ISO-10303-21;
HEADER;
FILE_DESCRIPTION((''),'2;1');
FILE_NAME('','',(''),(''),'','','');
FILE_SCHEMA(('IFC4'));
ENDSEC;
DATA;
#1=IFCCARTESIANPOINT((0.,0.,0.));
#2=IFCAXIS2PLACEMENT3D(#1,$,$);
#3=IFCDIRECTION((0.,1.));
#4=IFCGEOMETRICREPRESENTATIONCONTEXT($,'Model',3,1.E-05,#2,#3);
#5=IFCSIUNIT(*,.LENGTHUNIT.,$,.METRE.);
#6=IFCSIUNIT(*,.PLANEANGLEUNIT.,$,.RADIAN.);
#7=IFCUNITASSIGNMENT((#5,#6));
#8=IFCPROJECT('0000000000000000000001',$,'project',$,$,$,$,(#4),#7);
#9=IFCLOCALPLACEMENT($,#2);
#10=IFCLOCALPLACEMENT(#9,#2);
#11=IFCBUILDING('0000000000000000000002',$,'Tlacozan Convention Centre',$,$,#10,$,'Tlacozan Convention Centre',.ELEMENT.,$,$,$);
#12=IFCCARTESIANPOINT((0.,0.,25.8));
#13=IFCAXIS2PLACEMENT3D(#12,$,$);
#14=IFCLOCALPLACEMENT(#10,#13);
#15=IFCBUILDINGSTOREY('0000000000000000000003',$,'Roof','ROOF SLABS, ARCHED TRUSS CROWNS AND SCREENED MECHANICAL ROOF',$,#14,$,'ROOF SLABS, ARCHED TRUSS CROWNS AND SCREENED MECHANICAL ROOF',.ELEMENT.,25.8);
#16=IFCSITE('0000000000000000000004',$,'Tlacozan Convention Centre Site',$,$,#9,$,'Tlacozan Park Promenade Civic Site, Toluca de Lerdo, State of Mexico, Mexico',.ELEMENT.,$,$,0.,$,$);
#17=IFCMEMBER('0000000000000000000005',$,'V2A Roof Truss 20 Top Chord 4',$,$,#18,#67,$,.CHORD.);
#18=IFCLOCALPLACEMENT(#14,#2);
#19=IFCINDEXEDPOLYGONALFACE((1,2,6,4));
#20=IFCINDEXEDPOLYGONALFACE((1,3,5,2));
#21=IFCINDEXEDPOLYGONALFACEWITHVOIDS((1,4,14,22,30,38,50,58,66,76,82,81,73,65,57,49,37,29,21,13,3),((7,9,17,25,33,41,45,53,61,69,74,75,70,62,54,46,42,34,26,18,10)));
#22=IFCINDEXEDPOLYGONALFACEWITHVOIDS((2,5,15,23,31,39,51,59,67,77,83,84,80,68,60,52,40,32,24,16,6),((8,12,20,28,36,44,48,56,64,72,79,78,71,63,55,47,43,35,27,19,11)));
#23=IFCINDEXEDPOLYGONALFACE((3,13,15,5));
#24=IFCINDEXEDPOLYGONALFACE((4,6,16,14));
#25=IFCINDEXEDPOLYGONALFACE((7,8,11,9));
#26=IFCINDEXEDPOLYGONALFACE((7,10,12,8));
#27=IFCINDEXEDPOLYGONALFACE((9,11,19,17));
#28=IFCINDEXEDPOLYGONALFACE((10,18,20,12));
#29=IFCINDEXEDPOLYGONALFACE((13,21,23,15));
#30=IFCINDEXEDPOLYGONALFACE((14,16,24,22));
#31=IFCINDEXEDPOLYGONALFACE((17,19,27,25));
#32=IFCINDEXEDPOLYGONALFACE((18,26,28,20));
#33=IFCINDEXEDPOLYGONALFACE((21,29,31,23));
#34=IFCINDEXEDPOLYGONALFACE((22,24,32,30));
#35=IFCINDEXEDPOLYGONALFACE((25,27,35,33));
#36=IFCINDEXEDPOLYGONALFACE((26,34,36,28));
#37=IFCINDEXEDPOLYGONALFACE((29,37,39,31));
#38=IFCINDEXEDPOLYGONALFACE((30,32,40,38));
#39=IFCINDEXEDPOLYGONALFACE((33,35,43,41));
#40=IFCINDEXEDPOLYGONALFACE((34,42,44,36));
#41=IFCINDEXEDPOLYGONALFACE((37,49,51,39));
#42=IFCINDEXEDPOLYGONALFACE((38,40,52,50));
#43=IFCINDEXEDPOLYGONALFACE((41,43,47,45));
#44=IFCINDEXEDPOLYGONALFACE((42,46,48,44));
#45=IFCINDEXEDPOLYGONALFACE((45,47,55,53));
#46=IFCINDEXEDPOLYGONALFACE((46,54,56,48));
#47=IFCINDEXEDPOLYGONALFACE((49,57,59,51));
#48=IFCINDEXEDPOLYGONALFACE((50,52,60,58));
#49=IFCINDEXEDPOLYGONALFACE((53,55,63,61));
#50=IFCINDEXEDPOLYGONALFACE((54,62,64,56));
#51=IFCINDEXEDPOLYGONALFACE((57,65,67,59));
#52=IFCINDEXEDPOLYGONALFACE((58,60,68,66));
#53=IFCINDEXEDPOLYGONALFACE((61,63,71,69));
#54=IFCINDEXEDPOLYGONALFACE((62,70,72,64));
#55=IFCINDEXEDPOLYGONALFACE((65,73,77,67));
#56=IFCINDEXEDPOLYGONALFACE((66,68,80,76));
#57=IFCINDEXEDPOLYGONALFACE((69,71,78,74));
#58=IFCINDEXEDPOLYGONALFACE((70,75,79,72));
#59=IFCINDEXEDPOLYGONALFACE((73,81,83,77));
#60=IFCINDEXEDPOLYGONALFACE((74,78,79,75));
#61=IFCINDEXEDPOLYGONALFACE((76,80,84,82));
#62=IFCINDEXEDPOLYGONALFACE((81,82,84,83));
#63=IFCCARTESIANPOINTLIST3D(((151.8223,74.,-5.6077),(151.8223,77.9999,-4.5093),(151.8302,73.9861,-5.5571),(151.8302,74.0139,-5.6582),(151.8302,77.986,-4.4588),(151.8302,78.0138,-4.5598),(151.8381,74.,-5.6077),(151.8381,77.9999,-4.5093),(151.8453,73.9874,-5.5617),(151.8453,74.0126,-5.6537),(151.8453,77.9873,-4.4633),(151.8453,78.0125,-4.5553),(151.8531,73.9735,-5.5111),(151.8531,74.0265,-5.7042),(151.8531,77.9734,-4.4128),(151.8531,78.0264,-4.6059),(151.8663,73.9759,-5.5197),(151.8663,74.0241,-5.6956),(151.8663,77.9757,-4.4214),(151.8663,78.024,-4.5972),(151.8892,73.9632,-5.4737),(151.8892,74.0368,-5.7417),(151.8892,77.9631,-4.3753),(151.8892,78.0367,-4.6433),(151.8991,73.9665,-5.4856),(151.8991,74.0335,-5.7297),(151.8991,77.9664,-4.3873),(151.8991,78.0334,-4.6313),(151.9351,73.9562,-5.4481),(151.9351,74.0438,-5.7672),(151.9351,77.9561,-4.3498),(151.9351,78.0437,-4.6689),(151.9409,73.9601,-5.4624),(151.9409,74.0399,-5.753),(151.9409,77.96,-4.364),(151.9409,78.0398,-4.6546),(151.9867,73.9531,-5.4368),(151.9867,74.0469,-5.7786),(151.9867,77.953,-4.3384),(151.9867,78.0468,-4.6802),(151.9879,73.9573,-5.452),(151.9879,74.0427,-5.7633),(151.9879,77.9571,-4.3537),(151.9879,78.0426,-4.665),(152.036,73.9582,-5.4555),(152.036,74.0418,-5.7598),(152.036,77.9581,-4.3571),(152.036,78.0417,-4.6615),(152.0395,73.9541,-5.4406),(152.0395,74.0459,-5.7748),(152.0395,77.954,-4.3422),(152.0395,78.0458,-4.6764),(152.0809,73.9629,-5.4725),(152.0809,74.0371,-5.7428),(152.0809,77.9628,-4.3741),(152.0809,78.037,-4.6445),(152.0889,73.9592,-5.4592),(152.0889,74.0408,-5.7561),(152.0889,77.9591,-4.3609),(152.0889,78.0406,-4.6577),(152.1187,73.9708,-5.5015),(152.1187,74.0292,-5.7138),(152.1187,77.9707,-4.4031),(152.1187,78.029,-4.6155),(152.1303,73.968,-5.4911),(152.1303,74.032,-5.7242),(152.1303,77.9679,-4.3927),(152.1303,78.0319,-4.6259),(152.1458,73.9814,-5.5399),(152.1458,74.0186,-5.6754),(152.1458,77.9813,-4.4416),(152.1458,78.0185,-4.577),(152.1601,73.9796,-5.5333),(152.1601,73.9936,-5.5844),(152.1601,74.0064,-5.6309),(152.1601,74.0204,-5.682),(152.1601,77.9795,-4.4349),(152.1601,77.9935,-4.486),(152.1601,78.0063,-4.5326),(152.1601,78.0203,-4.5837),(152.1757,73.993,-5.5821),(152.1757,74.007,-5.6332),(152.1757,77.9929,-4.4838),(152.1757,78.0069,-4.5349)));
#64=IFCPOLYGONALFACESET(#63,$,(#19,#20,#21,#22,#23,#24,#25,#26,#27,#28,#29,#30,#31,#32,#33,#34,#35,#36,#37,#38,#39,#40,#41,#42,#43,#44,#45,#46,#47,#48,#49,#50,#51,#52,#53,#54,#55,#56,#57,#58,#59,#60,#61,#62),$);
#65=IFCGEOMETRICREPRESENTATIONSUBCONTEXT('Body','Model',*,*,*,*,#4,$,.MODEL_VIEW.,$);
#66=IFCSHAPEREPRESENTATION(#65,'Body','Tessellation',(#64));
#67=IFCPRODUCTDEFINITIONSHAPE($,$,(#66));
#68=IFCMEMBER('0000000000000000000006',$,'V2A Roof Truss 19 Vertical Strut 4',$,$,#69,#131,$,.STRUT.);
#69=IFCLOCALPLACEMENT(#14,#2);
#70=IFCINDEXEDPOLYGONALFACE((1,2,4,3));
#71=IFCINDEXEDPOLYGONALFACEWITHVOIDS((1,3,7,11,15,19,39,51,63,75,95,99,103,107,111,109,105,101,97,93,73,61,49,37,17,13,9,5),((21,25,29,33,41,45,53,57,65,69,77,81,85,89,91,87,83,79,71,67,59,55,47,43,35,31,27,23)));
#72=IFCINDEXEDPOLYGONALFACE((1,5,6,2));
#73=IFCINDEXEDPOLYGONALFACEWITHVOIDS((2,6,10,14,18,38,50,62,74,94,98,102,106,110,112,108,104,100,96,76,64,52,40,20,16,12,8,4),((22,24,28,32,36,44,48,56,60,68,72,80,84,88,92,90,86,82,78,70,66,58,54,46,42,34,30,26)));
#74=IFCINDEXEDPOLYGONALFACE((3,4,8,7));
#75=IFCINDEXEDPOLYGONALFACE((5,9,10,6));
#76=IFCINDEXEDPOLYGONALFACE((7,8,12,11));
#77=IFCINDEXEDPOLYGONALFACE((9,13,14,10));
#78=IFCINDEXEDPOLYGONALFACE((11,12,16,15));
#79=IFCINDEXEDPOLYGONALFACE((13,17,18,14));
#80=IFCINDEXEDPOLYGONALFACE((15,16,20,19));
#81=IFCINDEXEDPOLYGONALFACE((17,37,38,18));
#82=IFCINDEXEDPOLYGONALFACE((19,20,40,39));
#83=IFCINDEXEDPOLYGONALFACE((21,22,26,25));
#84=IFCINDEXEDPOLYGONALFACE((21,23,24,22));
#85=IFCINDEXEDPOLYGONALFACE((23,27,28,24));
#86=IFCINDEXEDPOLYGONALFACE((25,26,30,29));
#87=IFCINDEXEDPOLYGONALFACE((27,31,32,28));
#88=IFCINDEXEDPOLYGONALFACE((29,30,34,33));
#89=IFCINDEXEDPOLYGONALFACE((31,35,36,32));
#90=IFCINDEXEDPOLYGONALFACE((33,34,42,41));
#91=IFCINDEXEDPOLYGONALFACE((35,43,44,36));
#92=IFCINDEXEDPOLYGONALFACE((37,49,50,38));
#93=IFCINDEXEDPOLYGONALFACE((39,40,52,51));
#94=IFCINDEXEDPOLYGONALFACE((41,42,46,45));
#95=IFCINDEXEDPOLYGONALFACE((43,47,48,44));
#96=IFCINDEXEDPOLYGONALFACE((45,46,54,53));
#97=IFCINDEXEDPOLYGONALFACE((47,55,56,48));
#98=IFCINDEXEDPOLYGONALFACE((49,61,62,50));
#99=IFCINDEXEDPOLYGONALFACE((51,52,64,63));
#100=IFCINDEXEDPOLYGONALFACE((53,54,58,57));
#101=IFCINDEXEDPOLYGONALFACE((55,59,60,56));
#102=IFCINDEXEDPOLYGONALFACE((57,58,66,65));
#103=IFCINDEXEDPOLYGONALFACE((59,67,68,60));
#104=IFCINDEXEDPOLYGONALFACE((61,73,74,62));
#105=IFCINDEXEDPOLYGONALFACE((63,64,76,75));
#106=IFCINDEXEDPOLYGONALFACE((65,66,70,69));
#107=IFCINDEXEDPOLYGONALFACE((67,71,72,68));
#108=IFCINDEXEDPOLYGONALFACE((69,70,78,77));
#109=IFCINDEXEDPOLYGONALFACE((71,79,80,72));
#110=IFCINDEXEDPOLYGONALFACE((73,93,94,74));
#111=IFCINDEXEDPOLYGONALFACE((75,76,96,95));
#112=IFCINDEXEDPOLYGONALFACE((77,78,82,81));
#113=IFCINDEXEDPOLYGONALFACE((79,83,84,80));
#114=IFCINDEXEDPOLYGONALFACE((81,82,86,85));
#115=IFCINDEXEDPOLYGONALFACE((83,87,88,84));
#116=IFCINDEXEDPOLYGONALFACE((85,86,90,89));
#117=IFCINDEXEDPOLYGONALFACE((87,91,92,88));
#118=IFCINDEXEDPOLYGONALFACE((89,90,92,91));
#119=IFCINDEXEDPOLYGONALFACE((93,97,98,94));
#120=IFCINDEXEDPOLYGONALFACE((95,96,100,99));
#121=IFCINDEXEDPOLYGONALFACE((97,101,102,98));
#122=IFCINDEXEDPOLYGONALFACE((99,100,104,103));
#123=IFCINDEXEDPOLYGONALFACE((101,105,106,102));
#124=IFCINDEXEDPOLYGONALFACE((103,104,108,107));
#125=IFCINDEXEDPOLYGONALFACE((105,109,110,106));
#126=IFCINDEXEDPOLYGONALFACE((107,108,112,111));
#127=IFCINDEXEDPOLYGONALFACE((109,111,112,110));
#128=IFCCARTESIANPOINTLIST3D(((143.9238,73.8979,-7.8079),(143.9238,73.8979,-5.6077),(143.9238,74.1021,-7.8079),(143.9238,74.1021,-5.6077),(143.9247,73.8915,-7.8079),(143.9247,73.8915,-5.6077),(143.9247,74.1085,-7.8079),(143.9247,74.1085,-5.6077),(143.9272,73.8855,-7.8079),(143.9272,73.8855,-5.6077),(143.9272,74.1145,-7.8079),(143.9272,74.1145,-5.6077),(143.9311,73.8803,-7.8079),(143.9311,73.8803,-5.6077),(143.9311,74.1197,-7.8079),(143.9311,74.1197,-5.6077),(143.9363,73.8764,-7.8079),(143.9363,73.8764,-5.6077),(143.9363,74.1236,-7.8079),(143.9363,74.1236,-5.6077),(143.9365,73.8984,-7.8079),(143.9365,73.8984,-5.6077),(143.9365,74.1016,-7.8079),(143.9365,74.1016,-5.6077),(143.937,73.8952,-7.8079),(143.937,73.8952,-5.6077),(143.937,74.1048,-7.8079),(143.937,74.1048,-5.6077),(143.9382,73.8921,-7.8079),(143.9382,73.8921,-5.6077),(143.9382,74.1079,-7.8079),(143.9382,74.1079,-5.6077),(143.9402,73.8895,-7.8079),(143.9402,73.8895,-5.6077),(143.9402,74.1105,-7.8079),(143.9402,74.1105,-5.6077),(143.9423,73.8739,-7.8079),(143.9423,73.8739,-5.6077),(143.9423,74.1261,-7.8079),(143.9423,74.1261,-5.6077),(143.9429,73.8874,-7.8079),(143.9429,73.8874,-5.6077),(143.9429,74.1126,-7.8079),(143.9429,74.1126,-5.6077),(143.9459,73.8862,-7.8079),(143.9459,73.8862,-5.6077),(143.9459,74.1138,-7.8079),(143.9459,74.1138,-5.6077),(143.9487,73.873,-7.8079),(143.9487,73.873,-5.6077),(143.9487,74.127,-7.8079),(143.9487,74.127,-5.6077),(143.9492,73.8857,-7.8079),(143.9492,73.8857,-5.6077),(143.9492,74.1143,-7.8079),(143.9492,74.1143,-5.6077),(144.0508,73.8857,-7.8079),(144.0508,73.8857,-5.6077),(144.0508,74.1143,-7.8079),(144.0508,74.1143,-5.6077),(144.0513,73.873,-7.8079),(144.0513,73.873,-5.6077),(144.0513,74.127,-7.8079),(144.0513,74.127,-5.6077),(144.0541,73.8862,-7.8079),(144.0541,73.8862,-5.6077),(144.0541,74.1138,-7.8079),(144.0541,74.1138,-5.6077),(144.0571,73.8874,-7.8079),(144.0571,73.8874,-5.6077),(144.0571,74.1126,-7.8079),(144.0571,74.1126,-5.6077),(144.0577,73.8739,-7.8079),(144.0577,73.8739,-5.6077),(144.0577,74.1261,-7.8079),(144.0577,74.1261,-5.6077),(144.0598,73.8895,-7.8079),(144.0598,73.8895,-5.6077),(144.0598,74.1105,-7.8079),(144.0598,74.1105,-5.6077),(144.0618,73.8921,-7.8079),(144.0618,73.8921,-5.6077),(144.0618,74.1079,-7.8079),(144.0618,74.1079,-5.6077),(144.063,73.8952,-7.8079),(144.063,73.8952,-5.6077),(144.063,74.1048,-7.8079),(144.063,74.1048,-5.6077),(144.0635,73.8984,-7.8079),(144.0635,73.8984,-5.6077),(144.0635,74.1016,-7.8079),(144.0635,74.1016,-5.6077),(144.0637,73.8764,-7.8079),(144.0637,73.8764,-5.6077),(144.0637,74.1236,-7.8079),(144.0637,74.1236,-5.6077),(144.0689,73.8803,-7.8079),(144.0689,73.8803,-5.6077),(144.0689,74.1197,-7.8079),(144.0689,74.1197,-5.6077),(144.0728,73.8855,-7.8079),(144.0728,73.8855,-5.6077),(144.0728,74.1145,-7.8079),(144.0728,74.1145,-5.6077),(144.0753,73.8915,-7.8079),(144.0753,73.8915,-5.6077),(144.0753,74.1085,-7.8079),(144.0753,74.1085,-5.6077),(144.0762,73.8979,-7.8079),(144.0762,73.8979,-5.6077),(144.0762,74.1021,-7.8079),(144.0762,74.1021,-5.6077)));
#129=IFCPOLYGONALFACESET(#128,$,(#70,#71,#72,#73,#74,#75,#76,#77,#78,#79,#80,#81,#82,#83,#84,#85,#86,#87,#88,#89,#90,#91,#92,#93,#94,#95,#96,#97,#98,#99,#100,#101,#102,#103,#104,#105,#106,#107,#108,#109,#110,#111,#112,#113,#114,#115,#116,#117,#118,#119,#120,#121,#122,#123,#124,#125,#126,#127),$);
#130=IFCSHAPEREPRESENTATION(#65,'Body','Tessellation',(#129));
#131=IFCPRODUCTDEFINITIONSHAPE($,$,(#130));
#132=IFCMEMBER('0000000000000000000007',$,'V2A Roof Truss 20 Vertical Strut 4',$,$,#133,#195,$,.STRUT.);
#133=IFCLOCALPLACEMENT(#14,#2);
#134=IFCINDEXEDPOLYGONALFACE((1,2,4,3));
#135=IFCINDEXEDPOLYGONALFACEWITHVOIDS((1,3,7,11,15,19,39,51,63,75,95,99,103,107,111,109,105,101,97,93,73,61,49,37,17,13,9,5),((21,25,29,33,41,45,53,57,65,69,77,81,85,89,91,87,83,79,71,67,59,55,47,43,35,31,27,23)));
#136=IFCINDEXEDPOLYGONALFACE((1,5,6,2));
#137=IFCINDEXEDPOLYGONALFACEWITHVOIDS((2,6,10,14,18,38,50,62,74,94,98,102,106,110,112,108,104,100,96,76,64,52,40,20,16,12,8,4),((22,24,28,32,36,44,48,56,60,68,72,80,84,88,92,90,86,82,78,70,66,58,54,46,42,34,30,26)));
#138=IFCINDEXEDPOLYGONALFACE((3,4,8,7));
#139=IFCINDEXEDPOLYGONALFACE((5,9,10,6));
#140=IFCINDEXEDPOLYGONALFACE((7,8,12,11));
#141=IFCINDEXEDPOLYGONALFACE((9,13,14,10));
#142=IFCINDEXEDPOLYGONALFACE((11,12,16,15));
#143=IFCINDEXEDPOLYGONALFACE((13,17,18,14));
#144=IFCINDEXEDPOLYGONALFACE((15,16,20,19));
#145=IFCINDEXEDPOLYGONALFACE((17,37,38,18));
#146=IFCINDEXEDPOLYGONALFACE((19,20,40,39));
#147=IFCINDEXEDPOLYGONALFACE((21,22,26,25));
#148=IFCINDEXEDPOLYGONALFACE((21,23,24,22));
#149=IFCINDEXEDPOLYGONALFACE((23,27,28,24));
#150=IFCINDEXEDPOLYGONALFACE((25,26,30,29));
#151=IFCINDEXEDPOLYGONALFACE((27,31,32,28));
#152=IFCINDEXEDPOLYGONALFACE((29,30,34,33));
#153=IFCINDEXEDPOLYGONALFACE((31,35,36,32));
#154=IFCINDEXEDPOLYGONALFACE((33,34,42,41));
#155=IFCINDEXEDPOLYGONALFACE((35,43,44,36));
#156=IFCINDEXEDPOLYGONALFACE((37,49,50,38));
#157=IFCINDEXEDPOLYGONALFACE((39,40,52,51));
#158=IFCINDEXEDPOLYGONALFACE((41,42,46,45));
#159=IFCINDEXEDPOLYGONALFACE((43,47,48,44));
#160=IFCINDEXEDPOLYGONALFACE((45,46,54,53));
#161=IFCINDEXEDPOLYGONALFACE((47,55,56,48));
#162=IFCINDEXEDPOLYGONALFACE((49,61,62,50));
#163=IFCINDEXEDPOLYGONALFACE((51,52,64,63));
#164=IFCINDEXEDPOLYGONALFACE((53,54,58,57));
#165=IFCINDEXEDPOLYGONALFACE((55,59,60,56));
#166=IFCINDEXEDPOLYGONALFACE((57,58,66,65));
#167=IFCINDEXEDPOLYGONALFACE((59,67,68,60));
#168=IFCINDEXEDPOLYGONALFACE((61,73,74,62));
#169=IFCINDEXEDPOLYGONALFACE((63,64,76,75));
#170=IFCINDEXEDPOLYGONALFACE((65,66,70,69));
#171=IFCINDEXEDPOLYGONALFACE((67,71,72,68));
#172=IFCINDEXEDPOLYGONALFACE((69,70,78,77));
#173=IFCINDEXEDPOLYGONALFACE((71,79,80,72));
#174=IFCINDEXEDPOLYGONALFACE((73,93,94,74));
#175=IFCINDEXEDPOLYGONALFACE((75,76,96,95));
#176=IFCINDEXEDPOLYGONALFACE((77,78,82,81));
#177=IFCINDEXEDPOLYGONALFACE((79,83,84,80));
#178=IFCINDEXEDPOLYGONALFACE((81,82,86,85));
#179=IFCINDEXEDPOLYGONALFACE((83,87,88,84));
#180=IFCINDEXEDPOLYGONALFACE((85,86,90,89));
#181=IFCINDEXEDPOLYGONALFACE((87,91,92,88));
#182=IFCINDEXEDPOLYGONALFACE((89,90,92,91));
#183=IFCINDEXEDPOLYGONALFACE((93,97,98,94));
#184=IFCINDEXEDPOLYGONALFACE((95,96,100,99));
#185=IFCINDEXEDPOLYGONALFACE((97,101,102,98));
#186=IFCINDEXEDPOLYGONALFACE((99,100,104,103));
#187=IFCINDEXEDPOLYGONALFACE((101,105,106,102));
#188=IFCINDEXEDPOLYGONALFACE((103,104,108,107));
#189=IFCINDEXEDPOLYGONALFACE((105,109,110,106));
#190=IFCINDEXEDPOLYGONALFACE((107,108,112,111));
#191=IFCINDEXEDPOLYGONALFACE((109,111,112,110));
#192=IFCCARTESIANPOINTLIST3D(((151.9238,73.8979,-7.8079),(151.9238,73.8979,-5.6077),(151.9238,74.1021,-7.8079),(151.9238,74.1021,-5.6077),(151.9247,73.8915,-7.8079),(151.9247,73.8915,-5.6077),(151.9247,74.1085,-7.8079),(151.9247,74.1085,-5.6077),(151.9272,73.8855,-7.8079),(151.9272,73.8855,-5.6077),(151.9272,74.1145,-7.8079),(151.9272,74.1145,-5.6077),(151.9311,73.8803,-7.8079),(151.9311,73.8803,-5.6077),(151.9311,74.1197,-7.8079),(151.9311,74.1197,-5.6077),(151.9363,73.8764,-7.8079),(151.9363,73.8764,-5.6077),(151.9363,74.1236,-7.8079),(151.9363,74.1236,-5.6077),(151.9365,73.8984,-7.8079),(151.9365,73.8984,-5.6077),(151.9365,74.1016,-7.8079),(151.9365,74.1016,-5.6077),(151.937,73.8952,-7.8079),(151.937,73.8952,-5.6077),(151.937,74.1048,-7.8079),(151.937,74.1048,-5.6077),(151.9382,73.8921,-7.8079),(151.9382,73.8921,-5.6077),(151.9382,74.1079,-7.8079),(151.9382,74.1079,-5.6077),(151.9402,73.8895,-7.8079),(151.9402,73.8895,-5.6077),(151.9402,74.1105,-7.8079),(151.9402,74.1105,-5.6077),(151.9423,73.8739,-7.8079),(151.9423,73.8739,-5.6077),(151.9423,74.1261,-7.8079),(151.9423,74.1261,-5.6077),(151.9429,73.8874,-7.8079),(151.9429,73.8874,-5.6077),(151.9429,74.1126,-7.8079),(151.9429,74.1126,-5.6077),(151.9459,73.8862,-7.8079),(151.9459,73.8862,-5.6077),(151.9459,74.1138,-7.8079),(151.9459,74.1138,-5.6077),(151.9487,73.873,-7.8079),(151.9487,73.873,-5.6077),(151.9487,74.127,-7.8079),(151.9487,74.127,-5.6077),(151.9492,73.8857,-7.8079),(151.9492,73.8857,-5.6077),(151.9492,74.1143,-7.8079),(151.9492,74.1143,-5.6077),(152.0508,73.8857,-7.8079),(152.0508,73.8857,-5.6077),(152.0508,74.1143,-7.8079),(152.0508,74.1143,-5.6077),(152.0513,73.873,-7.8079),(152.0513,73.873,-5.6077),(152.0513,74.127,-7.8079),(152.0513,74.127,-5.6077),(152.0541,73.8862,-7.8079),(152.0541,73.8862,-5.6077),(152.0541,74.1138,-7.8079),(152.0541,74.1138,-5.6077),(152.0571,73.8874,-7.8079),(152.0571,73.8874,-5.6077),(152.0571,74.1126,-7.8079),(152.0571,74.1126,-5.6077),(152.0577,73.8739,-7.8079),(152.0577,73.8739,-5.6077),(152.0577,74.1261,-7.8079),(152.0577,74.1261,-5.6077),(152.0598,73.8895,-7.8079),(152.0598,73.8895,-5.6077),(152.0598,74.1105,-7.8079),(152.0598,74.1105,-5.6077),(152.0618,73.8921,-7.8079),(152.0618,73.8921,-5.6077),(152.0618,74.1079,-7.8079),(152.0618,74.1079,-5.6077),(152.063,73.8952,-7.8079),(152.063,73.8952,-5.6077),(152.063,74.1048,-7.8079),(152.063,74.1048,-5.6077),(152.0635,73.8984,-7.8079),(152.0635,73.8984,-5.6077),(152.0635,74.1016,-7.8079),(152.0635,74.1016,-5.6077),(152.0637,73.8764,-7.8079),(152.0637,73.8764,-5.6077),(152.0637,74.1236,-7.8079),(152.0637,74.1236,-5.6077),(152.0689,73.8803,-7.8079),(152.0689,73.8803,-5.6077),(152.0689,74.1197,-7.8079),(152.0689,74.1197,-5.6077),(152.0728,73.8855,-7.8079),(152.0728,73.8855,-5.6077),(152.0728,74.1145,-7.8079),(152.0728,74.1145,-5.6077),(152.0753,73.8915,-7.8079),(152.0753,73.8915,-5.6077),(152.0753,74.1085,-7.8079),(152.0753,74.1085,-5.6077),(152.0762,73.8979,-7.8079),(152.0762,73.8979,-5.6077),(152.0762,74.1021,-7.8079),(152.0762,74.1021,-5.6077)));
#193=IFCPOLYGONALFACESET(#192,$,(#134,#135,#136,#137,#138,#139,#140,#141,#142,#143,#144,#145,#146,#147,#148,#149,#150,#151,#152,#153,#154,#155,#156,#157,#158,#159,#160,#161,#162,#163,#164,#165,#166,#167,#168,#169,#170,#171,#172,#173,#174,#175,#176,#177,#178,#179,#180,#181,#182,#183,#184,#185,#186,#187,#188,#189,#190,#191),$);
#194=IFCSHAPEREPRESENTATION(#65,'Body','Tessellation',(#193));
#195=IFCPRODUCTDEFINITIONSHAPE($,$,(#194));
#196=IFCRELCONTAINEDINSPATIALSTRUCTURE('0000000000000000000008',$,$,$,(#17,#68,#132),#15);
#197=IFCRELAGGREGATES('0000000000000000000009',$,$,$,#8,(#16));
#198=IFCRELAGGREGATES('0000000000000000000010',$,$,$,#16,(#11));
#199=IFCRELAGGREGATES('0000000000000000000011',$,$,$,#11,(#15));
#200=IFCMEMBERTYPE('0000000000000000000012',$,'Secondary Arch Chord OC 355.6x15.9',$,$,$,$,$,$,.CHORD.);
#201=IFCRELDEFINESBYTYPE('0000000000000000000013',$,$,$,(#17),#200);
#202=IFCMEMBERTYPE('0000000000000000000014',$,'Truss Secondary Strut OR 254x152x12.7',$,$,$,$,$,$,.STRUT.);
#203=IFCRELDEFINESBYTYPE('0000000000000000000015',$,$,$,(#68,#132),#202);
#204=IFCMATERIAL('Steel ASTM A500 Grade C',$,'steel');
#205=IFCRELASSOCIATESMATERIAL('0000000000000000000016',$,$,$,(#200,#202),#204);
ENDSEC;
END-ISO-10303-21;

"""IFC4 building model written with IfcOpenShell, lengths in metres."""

from ifc_helpers import new_model, si_unit, direction, frame, origin, origin_2d, place, context, subcontext, project, spatial, hollow_rectangle, hollow_circle, extrude, material, material_profile, profile_set, type_object, element, save


model = new_model("IFC4")

# Units and contexts
model_context = context("Model", 3, precision=1e-05, world=origin(), true_north=direction((0.0, 1.0)))
body_context = subcontext(model_context, "Body", "Model", "MODEL_VIEW")
ifc_project = project(units=[si_unit("LENGTHUNIT", "METRE"), si_unit("PLANEANGLEUNIT", "RADIAN")], contexts=[model_context])

# Site, building, storey
site_placement = place(None, origin())
site = spatial("IfcSite", under=ifc_project, at=site_placement, Name="Tlacozan Convention Centre Site", LongName="Tlacozan Park Promenade Civic Site, Toluca de Lerdo, State of Mexico, Mexico", CompositionType="ELEMENT", RefElevation=0.0)
building_placement = place(site_placement, origin())
building = spatial("IfcBuilding", under=site, at=building_placement, Name="Tlacozan Convention Centre", LongName="Tlacozan Convention Centre", CompositionType="ELEMENT")
storey_placement = place(building_placement, frame((0.0, 0.0, 25.8)))
storey = spatial("IfcBuildingStorey", under=building, at=storey_placement, Name="Roof", Description="ROOF SLABS, ARCHED TRUSS CROWNS AND SCREENED MECHANICAL ROOF", LongName="ROOF SLABS, ARCHED TRUSS CROWNS AND SCREENED MECHANICAL ROOF", CompositionType="ELEMENT", Elevation=25.8)

# Members
ifc_material_1 = material(Name="Steel ASTM A500 Grade C", Category="steel")
ifc_material_profile_1 = material_profile(ifc_material_1, hollow_circle(Radius=0.1777, WallThickness=0.0159, at=origin_2d()), Name="OC 355.6x15.9")
ifc_profile_set_1 = profile_set([ifc_material_profile_1], Name="Steel ASTM A500 Grade C")
member_type_1 = type_object("IfcMemberType", Name="Secondary Arch Chord OC 355.6x15.9", PredefinedType="CHORD", material=ifc_profile_set_1)
member_1_placement = place(storey_placement, frame((152.0, 74.0, -5.6077), z_axis=(0.0, 0.964305, 0.264795), x_axis=(-1.0, 0.0, 0.0)))
element("IfcMember", 1, at=member_1_placement, inside=storey, type_object=member_type_1, Name="V2A Roof Truss 20 Top Chord 4", PredefinedType="CHORD", context=body_context, shape_type="SweptSolid", body=[
    extrude(hollow_circle(Radius=0.1777, WallThickness=0.0159, at=origin_2d()), origin(), (0.0, 0.0, 1.0), 4.1479),
])
ifc_material_profile_2 = material_profile(ifc_material_1, hollow_rectangle(XDim=0.1523, YDim=0.2539, WallThickness=0.0127, InnerFilletRadius=0.0127, OuterFilletRadius=0.0249, at=origin_2d()), Name="OR 254x152x12.7")
ifc_profile_set_2 = profile_set([ifc_material_profile_2], Name="Steel ASTM A500 Grade C")
member_type_2 = type_object("IfcMemberType", Name="Truss Secondary Strut OR 254x152x12.7", PredefinedType="STRUT", material=ifc_profile_set_2)
for number, where, z_axis, x_axis, name in (
    (2, (144.0, 74.0, -7.8079), (0.0, 0.0, 1.0), (1.0, 0.0, 0.0), "V2A Roof Truss 19 Vertical Strut 4"),
    (3, (152.0, 74.0, -7.8079), (0.0, 0.0, 1.0), (1.0, 0.0, 0.0), "V2A Roof Truss 20 Vertical Strut 4"),
):
    element("IfcMember", number, at=place(storey_placement, frame(where, z_axis=z_axis, x_axis=x_axis)), inside=storey, type_object=member_type_2, Name=name, PredefinedType="STRUT", context=body_context, shape_type="SweptSolid", body=[
        extrude(hollow_rectangle(XDim=0.1523, YDim=0.2539, WallThickness=0.0127, InnerFilletRadius=0.0127, OuterFilletRadius=0.0249, at=origin_2d()), origin(), (0.0, 0.0, 1.0), 2.2002),
    ])

save(model, "model.ifc")
